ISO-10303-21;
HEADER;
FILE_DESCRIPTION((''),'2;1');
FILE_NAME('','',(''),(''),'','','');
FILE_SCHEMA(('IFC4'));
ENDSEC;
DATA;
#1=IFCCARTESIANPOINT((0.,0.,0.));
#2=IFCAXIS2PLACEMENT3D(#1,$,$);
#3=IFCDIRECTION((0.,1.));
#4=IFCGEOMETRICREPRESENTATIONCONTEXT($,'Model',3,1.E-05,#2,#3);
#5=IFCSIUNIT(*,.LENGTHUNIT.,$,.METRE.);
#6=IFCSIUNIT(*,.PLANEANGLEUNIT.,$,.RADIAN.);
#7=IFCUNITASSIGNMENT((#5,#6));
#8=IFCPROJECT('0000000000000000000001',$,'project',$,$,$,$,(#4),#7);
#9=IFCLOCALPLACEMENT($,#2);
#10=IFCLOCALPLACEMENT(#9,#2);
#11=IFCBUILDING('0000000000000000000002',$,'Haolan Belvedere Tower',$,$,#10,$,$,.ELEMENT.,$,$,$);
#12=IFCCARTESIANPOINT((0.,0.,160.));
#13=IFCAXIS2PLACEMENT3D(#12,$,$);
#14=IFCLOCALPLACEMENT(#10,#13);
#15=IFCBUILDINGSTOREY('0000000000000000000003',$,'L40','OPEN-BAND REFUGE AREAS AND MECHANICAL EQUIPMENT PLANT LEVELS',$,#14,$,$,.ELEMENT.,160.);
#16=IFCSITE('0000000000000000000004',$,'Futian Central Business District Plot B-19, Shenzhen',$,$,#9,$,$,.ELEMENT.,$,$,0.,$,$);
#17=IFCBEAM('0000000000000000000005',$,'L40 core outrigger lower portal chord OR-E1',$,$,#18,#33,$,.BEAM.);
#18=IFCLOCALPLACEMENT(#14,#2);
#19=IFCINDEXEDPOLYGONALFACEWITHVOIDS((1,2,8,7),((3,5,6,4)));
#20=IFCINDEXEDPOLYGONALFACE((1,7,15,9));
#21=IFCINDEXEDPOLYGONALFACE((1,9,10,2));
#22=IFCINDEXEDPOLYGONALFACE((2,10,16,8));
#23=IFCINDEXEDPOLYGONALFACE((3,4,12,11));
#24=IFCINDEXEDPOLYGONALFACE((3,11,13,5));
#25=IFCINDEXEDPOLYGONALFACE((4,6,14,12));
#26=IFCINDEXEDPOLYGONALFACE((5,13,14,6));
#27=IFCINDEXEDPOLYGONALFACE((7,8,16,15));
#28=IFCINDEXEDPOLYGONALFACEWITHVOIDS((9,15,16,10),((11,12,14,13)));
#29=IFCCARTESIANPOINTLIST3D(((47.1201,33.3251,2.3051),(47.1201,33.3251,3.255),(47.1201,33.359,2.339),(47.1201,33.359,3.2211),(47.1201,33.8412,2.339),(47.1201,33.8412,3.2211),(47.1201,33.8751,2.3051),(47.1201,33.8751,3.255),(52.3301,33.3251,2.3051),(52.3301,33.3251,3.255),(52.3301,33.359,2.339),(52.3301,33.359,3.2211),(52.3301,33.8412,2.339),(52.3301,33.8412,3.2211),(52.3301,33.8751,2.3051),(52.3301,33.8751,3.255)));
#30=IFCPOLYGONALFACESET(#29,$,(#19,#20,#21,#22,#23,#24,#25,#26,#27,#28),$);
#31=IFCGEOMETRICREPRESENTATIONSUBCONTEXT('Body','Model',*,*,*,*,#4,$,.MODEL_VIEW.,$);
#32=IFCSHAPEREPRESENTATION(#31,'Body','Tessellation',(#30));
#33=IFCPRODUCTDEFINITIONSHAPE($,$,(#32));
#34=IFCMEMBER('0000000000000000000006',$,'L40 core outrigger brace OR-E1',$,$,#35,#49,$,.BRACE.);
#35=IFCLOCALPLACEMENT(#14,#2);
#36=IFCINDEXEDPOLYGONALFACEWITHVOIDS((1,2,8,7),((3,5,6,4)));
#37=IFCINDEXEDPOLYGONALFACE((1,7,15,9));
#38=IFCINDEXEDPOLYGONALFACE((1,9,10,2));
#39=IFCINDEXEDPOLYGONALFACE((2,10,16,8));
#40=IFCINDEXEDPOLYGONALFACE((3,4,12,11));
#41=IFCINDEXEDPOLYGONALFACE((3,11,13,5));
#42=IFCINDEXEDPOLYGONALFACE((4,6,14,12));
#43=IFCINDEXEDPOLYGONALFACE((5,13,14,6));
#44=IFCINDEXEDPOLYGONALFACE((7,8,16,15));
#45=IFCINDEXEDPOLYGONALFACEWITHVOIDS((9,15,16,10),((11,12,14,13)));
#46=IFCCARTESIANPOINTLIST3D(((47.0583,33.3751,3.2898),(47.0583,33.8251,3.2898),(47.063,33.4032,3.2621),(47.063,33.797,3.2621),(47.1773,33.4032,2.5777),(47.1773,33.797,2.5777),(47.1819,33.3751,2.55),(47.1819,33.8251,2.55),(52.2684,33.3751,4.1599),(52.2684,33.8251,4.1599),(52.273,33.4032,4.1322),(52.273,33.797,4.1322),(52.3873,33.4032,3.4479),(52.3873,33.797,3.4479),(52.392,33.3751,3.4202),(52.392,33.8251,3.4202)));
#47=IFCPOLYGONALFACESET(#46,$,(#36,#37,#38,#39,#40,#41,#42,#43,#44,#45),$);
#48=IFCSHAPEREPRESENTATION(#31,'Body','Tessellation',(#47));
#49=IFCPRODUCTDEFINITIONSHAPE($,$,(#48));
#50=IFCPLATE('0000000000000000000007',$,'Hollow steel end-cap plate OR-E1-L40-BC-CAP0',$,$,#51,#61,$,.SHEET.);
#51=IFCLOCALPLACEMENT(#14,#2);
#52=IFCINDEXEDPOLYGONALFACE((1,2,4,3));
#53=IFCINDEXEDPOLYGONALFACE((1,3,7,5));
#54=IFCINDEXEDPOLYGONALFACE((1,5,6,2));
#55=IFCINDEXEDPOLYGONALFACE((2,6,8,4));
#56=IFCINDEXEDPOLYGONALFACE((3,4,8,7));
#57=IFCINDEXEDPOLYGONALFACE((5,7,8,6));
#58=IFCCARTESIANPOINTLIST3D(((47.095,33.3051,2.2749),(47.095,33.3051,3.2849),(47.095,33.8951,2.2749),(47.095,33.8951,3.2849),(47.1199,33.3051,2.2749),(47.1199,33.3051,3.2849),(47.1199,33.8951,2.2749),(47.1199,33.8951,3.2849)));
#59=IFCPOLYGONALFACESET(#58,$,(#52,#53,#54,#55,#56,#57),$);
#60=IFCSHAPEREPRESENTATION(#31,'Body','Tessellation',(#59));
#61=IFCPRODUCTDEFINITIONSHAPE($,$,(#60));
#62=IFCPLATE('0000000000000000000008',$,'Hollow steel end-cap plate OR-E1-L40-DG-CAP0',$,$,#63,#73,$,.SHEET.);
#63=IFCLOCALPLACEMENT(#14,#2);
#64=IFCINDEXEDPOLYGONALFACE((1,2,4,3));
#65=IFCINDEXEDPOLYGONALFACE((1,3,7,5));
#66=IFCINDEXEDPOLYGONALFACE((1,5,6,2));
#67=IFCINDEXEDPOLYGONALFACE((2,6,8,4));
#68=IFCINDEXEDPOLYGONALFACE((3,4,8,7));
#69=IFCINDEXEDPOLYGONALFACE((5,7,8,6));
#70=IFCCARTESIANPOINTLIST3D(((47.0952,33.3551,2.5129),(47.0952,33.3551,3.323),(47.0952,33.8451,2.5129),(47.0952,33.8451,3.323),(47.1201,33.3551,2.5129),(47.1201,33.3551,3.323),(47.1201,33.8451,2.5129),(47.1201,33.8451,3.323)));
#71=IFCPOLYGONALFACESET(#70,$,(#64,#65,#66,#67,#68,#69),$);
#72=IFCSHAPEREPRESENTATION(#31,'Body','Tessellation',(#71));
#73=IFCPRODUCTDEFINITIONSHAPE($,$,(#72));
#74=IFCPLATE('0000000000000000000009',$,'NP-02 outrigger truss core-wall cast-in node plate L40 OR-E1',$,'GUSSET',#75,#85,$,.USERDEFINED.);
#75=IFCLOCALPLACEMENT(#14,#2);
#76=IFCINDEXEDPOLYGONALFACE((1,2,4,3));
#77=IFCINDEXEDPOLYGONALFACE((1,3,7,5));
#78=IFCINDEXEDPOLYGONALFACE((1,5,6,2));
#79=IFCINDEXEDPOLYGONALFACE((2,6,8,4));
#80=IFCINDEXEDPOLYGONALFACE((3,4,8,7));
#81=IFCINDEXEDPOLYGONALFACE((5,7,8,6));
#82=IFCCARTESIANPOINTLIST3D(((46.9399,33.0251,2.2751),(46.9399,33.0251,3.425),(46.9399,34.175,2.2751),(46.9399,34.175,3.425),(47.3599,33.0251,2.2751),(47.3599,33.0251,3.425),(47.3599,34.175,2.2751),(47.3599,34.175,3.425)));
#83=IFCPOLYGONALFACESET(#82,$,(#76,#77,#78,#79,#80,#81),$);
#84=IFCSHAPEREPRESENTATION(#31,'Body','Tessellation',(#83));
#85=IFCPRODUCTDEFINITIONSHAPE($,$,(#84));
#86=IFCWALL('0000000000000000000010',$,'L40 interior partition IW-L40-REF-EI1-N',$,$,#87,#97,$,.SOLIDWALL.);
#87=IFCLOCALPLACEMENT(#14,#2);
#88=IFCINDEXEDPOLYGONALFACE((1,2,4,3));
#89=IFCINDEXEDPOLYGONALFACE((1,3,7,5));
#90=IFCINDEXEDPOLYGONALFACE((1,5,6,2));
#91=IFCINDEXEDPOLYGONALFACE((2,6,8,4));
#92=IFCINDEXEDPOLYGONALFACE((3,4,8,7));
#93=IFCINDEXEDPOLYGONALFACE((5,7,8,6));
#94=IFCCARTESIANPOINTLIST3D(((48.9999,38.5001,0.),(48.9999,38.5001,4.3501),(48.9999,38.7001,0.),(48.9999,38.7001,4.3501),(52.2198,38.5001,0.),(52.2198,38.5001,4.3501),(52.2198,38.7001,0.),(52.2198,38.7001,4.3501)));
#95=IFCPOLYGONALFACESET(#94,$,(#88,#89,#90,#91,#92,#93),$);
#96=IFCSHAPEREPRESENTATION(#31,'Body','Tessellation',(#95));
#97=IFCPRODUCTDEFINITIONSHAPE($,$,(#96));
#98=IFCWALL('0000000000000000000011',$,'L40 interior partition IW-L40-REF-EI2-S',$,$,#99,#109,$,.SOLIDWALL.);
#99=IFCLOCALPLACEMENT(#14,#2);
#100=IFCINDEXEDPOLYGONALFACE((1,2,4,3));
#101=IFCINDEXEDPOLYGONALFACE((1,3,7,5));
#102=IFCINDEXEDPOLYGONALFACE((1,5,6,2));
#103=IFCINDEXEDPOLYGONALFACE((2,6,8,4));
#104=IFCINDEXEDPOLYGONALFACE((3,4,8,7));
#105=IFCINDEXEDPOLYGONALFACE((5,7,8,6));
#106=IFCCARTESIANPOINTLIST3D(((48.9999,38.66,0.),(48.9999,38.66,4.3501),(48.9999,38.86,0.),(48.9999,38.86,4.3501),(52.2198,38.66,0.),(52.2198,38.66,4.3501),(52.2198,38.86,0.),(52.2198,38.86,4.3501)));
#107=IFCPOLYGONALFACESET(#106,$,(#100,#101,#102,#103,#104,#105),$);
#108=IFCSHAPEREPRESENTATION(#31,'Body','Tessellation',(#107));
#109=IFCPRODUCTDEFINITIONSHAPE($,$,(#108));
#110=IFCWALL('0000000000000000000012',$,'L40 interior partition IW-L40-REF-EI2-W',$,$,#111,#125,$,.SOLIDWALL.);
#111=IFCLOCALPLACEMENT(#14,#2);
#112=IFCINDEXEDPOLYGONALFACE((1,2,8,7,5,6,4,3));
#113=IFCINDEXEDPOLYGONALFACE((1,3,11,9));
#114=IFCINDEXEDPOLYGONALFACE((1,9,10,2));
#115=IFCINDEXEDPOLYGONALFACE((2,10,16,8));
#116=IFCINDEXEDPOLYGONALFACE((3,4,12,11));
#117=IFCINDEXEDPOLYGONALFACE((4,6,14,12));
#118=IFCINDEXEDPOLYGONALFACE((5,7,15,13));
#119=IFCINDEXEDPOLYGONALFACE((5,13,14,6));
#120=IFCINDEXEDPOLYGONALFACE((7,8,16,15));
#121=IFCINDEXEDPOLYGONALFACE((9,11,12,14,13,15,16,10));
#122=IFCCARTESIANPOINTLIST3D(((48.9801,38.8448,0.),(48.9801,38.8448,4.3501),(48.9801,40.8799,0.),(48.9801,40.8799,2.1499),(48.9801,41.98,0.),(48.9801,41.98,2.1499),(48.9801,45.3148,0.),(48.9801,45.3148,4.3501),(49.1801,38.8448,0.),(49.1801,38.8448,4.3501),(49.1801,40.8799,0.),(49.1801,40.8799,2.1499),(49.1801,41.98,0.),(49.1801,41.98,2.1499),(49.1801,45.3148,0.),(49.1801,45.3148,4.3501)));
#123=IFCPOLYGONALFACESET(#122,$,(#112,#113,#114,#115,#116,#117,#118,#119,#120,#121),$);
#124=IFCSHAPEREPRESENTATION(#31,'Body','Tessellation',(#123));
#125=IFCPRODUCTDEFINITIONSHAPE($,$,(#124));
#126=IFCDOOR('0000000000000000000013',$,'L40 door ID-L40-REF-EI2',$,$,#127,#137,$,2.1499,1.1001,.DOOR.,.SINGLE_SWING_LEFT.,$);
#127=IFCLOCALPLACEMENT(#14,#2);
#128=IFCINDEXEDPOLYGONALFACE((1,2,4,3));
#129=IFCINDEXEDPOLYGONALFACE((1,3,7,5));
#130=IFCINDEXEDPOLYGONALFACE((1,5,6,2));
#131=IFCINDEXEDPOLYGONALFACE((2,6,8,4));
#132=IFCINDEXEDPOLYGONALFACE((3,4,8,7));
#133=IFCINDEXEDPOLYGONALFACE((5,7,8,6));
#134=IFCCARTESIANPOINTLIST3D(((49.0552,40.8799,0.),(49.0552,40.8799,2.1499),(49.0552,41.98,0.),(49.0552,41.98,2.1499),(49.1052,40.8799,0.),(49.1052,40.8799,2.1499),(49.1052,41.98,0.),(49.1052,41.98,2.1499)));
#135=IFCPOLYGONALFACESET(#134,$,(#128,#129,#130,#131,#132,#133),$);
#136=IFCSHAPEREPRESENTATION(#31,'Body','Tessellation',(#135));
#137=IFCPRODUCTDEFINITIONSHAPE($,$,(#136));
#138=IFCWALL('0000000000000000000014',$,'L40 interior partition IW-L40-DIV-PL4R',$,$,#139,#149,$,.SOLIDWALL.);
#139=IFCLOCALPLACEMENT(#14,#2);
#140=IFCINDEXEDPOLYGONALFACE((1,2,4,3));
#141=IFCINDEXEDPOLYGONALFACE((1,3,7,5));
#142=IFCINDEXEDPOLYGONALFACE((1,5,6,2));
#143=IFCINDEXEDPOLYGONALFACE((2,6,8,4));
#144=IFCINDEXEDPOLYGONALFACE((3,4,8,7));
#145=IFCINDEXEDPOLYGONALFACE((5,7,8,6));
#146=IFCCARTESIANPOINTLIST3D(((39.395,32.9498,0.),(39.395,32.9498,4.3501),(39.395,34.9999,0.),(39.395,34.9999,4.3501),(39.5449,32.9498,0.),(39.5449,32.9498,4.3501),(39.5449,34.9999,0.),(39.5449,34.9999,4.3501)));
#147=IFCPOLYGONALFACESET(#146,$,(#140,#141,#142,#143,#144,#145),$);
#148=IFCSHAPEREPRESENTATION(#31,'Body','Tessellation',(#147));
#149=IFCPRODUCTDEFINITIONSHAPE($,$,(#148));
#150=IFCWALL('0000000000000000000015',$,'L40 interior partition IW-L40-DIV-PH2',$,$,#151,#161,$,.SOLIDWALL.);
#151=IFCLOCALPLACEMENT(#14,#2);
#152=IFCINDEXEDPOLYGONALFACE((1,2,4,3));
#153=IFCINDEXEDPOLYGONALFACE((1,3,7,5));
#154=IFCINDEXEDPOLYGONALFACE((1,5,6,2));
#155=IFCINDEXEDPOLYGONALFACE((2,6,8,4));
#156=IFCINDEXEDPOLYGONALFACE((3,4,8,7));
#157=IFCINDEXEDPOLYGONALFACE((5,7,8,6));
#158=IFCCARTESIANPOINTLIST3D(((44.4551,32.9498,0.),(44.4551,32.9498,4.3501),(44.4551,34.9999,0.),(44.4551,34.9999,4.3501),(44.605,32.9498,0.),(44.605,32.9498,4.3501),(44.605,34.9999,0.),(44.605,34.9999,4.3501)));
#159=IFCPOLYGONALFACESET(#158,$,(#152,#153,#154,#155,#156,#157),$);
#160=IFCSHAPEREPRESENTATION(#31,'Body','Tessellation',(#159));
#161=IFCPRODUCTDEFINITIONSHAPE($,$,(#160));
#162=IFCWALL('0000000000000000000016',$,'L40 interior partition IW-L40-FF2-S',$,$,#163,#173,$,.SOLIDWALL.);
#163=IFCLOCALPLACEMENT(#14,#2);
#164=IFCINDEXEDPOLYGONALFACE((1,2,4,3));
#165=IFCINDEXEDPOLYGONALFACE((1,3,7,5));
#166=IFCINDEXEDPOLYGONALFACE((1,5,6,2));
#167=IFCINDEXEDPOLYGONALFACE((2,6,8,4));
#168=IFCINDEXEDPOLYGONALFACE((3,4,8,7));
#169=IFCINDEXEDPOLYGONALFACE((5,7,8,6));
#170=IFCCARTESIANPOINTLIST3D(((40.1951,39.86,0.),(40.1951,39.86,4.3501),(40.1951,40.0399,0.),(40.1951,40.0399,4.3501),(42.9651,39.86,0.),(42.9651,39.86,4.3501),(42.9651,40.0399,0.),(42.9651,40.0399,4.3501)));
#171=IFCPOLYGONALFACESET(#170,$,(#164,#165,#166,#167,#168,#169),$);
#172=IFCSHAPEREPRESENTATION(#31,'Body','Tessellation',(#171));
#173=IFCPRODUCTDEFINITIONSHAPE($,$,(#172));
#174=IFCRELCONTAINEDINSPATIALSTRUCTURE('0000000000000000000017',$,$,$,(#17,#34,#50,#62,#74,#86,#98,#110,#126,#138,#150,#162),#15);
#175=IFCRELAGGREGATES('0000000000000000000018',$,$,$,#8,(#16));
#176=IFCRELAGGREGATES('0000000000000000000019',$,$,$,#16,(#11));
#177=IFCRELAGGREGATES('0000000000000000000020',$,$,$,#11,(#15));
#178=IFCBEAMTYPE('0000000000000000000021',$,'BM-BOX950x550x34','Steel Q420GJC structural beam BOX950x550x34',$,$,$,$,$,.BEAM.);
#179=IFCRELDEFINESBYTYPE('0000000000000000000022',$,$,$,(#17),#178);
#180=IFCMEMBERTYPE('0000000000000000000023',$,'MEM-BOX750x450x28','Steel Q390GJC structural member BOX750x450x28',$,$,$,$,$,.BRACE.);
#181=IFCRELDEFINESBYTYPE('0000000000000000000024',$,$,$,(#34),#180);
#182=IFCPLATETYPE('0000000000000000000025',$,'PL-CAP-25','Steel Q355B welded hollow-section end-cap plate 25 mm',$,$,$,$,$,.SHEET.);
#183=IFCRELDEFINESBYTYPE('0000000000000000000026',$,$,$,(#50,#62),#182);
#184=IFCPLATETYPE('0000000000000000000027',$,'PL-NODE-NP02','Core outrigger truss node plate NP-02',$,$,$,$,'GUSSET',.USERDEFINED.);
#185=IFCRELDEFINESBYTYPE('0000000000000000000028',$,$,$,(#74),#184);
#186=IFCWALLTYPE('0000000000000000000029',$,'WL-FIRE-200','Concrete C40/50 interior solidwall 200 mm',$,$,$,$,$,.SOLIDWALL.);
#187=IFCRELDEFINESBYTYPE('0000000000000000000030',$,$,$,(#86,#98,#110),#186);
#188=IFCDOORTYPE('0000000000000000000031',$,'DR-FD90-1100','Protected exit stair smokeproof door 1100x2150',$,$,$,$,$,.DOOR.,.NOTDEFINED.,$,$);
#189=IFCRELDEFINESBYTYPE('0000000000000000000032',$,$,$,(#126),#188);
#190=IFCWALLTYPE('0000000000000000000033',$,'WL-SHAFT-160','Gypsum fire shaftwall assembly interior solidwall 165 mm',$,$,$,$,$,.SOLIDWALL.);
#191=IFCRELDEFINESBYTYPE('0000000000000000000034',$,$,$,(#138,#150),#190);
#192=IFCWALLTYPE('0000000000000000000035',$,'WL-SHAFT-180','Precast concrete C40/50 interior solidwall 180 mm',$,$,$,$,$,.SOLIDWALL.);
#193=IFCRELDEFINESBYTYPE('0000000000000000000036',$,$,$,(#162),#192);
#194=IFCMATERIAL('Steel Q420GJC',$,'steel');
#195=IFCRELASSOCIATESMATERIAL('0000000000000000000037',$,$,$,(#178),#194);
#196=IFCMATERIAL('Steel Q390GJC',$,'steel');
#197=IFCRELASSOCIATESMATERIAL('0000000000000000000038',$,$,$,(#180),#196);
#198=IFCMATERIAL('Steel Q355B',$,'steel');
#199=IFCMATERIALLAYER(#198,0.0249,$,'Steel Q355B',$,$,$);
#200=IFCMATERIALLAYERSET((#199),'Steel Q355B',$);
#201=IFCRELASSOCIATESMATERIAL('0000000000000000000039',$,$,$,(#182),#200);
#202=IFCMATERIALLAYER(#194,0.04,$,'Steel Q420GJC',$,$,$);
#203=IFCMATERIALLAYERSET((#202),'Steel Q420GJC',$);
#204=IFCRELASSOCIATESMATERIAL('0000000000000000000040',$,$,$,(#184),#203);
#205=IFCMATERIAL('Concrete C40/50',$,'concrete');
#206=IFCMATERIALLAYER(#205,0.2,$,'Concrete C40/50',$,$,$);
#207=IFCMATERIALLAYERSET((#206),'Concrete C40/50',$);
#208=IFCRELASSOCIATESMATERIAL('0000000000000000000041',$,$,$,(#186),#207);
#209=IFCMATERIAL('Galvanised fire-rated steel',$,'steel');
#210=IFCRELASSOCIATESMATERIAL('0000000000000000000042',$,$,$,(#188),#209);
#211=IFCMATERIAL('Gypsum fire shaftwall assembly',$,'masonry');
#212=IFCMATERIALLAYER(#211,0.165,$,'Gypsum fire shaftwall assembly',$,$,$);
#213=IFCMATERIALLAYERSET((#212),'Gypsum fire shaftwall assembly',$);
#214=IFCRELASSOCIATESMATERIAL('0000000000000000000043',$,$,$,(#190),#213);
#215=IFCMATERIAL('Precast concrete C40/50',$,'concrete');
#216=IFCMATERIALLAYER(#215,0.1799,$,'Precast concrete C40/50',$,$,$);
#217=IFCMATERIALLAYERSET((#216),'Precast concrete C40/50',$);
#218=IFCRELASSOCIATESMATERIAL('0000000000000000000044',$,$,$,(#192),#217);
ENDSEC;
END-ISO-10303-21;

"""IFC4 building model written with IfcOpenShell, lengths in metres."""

from ifc_helpers import new_model, si_unit, direction, frame, frame_2d, origin, origin_2d, place, context, subcontext, project, spatial, rectangle, hollow_rectangle, extrude, material, layer, layer_set, material_profile, profile_set, type_object, element, fill, save


model = new_model("IFC4")

# Units and contexts
model_context = context("Model", 3, precision=1e-05, world=origin(), true_north=direction((0.0, 1.0)))
body_context = subcontext(model_context, "Body", "Model", "MODEL_VIEW")
ifc_project = project(units=[si_unit("LENGTHUNIT", "METRE"), si_unit("PLANEANGLEUNIT", "RADIAN")], contexts=[model_context])

# Site, building, storey
site_placement = place(None, origin())
site = spatial("IfcSite", under=ifc_project, at=site_placement, Name="Futian Central Business District Plot B-19, Shenzhen", CompositionType="ELEMENT", RefElevation=0.0)
building_placement = place(site_placement, origin())
building = spatial("IfcBuilding", under=site, at=building_placement, Name="Haolan Belvedere Tower", CompositionType="ELEMENT")
storey_placement = place(building_placement, frame((0.0, 0.0, 160.0)))
storey = spatial("IfcBuildingStorey", under=building, at=storey_placement, Name="L40", Description="OPEN-BAND REFUGE AREAS AND MECHANICAL EQUIPMENT PLANT LEVELS", CompositionType="ELEMENT", Elevation=160.0)

# Beam
ifc_material_1 = material(Name="Steel Q420GJC", Category="steel")
ifc_material_profile_1 = material_profile(ifc_material_1, hollow_rectangle(XDim=0.55, YDim=0.95, WallThickness=0.0339, at=origin_2d()), Name="Steel Q420GJC")
ifc_profile_set_1 = profile_set([ifc_material_profile_1], Name="Steel Q420GJC")
beam_type = type_object("IfcBeamType", Name="BM-BOX950x550x34", Description="Steel Q420GJC structural beam BOX950x550x34", PredefinedType="BEAM", material=ifc_profile_set_1)
beam_placement = place(storey_placement, frame((47.1201, 33.6001, 2.78), z_axis=(1.0, 0.0, 0.0), x_axis=(0.0, 1.0, 0.0)))
element("IfcBeam", 1, at=beam_placement, inside=storey, type_object=beam_type, Name="L40 core outrigger lower portal chord OR-E1", PredefinedType="BEAM", context=body_context, shape_type="SweptSolid", body=[
    extrude(hollow_rectangle(XDim=0.55, YDim=0.95, WallThickness=0.0339, at=origin_2d()), origin(), (0.0, 0.0, 1.0), 5.21),
])

# Member
ifc_material_2 = material(Name="Steel Q390GJC", Category="steel")
ifc_material_profile_2 = material_profile(ifc_material_2, hollow_rectangle(XDim=0.45, YDim=0.75, WallThickness=0.0281, at=origin_2d()), Name="Steel Q390GJC")
ifc_profile_set_2 = profile_set([ifc_material_profile_2], Name="Steel Q390GJC")
member_type = type_object("IfcMemberType", Name="MEM-BOX750x450x28", Description="Steel Q390GJC structural member BOX750x450x28", PredefinedType="BRACE", material=ifc_profile_set_2)
member_placement = place(storey_placement, frame((47.1201, 33.6001, 2.9199), z_axis=(0.986339, 0.0, 0.164729), x_axis=(0.0, 1.0, 0.0)))
element("IfcMember", 2, at=member_placement, inside=storey, type_object=member_type, Name="L40 core outrigger brace OR-E1", PredefinedType="BRACE", context=body_context, shape_type="SweptSolid", body=[
    extrude(hollow_rectangle(XDim=0.45, YDim=0.75, WallThickness=0.0281, at=origin_2d()), origin(), (0.0, 0.0, 1.0), 5.2822),
])

# Plates
ifc_material_3 = material(Name="Steel Q355B", Category="steel")
ifc_layer_1 = layer(ifc_material_3, 0.0249, Name="Steel Q355B")
ifc_layer_set_1 = layer_set([ifc_layer_1], Name="Steel Q355B")
plate_type_1 = type_object("IfcPlateType", Name="PL-CAP-25", Description="Steel Q355B welded hollow-section end-cap plate 25 mm", PredefinedType="SHEET", material=ifc_layer_set_1)
plate_1_placement = place(storey_placement, frame((47.1074, 33.6001, 2.2749), z_axis=(0.0, 0.0, 1.0), x_axis=(0.0, -1.0, 0.0)))
element("IfcPlate", 3, at=plate_1_placement, inside=storey, type_object=plate_type_1, Name="Hollow steel end-cap plate OR-E1-L40-BC-CAP0", PredefinedType="SHEET", context=body_context, shape_type="SweptSolid", body=[
    extrude(rectangle(XDim=0.5901, YDim=0.0249, at=origin_2d()), origin(), (0.0, 0.0, 1.0), 1.01),
])
plate_2_placement = place(storey_placement, frame((47.1077, 33.6001, 2.5129), z_axis=(0.0, 0.0, 1.0), x_axis=(0.0, -1.0, 0.0)))
element("IfcPlate", 4, at=plate_2_placement, inside=storey, type_object=plate_type_1, Name="Hollow steel end-cap plate OR-E1-L40-DG-CAP0", PredefinedType="SHEET", context=body_context, shape_type="SweptSolid", body=[
    extrude(rectangle(XDim=0.49, YDim=0.0249, at=origin_2d()), origin(), (0.0, 0.0, 1.0), 0.8101),
])
ifc_layer_2 = layer(ifc_material_1, 0.04, Name="Steel Q420GJC")
ifc_layer_set_2 = layer_set([ifc_layer_2], Name="Steel Q420GJC")
plate_type_2 = type_object("IfcPlateType", Name="PL-NODE-NP02", Description="Core outrigger truss node plate NP-02", ElementType="GUSSET", PredefinedType="USERDEFINED", material=ifc_layer_set_2)
plate_3_placement = place(storey_placement, frame((47.1499, 33.6001, 2.2751), z_axis=(0.0, 0.0, 1.0), x_axis=(1.0, 0.0, 0.0)))
element("IfcPlate", 5, at=plate_3_placement, inside=storey, type_object=plate_type_2, Name="NP-02 outrigger truss core-wall cast-in node plate L40 OR-E1", ObjectType="GUSSET", PredefinedType="USERDEFINED", context=body_context, shape_type="SweptSolid", body=[
    extrude(rectangle(XDim=0.4199, YDim=1.1499, at=origin_2d()), origin(), (0.0, 0.0, 1.0), 1.1499),
])

# Walls
ifc_material_4 = material(Name="Concrete C40/50", Category="concrete")
ifc_layer_3 = layer(ifc_material_4, 0.2, Name="Concrete C40/50")
ifc_layer_set_3 = layer_set([ifc_layer_3], Name="Concrete C40/50")
wall_type_1 = type_object("IfcWallType", Name="WL-FIRE-200", Description="Concrete C40/50 interior solidwall 200 mm", PredefinedType="SOLIDWALL", material=ifc_layer_set_3)
for number, where, z_axis, x_axis, name in (
    (6, (49.0, 38.6001, 0.0), (0.0, 0.0, 1.0), (1.0, 0.0, 0.0), "L40 interior partition IW-L40-REF-EI1-N"),
    (7, (49.0, 38.76, 0.0), (0.0, 0.0, 1.0), (1.0, 0.0, 0.0), "L40 interior partition IW-L40-REF-EI2-S"),
):
    element("IfcWall", number, at=place(storey_placement, frame(where, z_axis=z_axis, x_axis=x_axis)), inside=storey, type_object=wall_type_1, Name=name, PredefinedType="SOLIDWALL", context=body_context, shape_type="SweptSolid", body=[
        extrude(rectangle(XDim=3.22, YDim=0.2, at=frame_2d((1.6099, 0.0))), origin(), (0.0, 0.0, 1.0), 4.3501),
    ])

# Wall, opening, door
wall_1_placement = place(storey_placement, frame((49.0801, 38.845, 0.0), z_axis=(0.0, 0.0, 1.0), x_axis=(0.0, 1.0, 0.0)))
wall_1 = element("IfcWall", 8, at=wall_1_placement, inside=storey, type_object=wall_type_1, Name="L40 interior partition IW-L40-REF-EI2-W", PredefinedType="SOLIDWALL", context=body_context, shape_type="SweptSolid", body=[
    extrude(rectangle(XDim=6.47, YDim=0.2, at=frame_2d((3.2349, 0.0))), origin(), (0.0, 0.0, 1.0), 4.3501),
])
opening_1_placement = place(wall_1_placement, frame((2.0349, 0.0, 0.0)))
opening_1 = element("IfcOpeningElement", 9, at=opening_1_placement, cuts=wall_1, PredefinedType="OPENING", context=body_context, shape_type="SweptSolid", body=[
    extrude(rectangle(XDim=1.1001, YDim=2.1499, at=frame_2d((0.55, 1.075))), frame((0.0, 0.1099, 0.0), z_axis=(0.0, -1.0, 0.0), x_axis=(1.0, 0.0, 0.0)), (0.0, 0.0, 1.0), 0.22),
])
ifc_material_5 = material(Name="Galvanised fire-rated steel", Category="steel")
door_type_1 = type_object("IfcDoorType", Name="DR-FD90-1100", Description="Protected exit stair smokeproof door 1100x2150", OperationType="NOTDEFINED", PredefinedType="DOOR", material=ifc_material_5)
door_1_placement = place(opening_1_placement, origin())
door_1 = element("IfcDoor", 10, at=door_1_placement, inside=storey, type_object=door_type_1, Name="L40 door ID-L40-REF-EI2", OperationType="SINGLE_SWING_LEFT", OverallHeight=2.1499, OverallWidth=1.1001, PredefinedType="DOOR", context=body_context, shape_type="SweptSolid", body=[
    extrude(rectangle(XDim=1.1001, YDim=2.1499, at=frame_2d((0.55, 1.075))), frame((0.0, 0.0249, 0.0), z_axis=(0.0, -1.0, 0.0), x_axis=(1.0, 0.0, 0.0)), (0.0, 0.0, 1.0), 0.05),
])
fill(opening_1, door_1)

# Walls
ifc_material_6 = material(Name="Gypsum fire shaftwall assembly", Category="masonry")
ifc_layer_4 = layer(ifc_material_6, 0.165, Name="Gypsum fire shaftwall assembly")
ifc_layer_set_4 = layer_set([ifc_layer_4], Name="Gypsum fire shaftwall assembly")
wall_type_2 = type_object("IfcWallType", Name="WL-SHAFT-160", Description="Gypsum fire shaftwall assembly interior solidwall 165 mm", PredefinedType="SOLIDWALL", material=ifc_layer_set_4)
for number, where, z_axis, x_axis, name in (
    (11, (39.47, 32.95, 0.0), (0.0, 0.0, 1.0), (0.0, 1.0, 0.0), "L40 interior partition IW-L40-DIV-PL4R"),
    (12, (44.53, 32.95, 0.0), (0.0, 0.0, 1.0), (0.0, 1.0, 0.0), "L40 interior partition IW-L40-DIV-PH2"),
):
    element("IfcWall", number, at=place(storey_placement, frame(where, z_axis=z_axis, x_axis=x_axis)), inside=storey, type_object=wall_type_2, Name=name, PredefinedType="SOLIDWALL", context=body_context, shape_type="SweptSolid", body=[
        extrude(rectangle(XDim=2.05, YDim=0.1499, at=frame_2d((1.0249, 0.0))), origin(), (0.0, 0.0, 1.0), 4.3501),
    ])
ifc_material_7 = material(Name="Precast concrete C40/50", Category="concrete")
ifc_layer_5 = layer(ifc_material_7, 0.1799, Name="Precast concrete C40/50")
ifc_layer_set_5 = layer_set([ifc_layer_5], Name="Precast concrete C40/50")
wall_type_3 = type_object("IfcWallType", Name="WL-SHAFT-180", Description="Precast concrete C40/50 interior solidwall 180 mm", PredefinedType="SOLIDWALL", material=ifc_layer_set_5)
wall_2_placement = place(storey_placement, frame((40.1951, 39.95, 0.0), z_axis=(0.0, 0.0, 1.0), x_axis=(1.0, 0.0, 0.0)))
element("IfcWall", 13, at=wall_2_placement, inside=storey, type_object=wall_type_3, Name="L40 interior partition IW-L40-FF2-S", PredefinedType="SOLIDWALL", context=body_context, shape_type="SweptSolid", body=[
    extrude(rectangle(XDim=2.77, YDim=0.1799, at=frame_2d((1.385, 0.0))), origin(), (0.0, 0.0, 1.0), 4.3501),
])

save(model, "model.ifc")
